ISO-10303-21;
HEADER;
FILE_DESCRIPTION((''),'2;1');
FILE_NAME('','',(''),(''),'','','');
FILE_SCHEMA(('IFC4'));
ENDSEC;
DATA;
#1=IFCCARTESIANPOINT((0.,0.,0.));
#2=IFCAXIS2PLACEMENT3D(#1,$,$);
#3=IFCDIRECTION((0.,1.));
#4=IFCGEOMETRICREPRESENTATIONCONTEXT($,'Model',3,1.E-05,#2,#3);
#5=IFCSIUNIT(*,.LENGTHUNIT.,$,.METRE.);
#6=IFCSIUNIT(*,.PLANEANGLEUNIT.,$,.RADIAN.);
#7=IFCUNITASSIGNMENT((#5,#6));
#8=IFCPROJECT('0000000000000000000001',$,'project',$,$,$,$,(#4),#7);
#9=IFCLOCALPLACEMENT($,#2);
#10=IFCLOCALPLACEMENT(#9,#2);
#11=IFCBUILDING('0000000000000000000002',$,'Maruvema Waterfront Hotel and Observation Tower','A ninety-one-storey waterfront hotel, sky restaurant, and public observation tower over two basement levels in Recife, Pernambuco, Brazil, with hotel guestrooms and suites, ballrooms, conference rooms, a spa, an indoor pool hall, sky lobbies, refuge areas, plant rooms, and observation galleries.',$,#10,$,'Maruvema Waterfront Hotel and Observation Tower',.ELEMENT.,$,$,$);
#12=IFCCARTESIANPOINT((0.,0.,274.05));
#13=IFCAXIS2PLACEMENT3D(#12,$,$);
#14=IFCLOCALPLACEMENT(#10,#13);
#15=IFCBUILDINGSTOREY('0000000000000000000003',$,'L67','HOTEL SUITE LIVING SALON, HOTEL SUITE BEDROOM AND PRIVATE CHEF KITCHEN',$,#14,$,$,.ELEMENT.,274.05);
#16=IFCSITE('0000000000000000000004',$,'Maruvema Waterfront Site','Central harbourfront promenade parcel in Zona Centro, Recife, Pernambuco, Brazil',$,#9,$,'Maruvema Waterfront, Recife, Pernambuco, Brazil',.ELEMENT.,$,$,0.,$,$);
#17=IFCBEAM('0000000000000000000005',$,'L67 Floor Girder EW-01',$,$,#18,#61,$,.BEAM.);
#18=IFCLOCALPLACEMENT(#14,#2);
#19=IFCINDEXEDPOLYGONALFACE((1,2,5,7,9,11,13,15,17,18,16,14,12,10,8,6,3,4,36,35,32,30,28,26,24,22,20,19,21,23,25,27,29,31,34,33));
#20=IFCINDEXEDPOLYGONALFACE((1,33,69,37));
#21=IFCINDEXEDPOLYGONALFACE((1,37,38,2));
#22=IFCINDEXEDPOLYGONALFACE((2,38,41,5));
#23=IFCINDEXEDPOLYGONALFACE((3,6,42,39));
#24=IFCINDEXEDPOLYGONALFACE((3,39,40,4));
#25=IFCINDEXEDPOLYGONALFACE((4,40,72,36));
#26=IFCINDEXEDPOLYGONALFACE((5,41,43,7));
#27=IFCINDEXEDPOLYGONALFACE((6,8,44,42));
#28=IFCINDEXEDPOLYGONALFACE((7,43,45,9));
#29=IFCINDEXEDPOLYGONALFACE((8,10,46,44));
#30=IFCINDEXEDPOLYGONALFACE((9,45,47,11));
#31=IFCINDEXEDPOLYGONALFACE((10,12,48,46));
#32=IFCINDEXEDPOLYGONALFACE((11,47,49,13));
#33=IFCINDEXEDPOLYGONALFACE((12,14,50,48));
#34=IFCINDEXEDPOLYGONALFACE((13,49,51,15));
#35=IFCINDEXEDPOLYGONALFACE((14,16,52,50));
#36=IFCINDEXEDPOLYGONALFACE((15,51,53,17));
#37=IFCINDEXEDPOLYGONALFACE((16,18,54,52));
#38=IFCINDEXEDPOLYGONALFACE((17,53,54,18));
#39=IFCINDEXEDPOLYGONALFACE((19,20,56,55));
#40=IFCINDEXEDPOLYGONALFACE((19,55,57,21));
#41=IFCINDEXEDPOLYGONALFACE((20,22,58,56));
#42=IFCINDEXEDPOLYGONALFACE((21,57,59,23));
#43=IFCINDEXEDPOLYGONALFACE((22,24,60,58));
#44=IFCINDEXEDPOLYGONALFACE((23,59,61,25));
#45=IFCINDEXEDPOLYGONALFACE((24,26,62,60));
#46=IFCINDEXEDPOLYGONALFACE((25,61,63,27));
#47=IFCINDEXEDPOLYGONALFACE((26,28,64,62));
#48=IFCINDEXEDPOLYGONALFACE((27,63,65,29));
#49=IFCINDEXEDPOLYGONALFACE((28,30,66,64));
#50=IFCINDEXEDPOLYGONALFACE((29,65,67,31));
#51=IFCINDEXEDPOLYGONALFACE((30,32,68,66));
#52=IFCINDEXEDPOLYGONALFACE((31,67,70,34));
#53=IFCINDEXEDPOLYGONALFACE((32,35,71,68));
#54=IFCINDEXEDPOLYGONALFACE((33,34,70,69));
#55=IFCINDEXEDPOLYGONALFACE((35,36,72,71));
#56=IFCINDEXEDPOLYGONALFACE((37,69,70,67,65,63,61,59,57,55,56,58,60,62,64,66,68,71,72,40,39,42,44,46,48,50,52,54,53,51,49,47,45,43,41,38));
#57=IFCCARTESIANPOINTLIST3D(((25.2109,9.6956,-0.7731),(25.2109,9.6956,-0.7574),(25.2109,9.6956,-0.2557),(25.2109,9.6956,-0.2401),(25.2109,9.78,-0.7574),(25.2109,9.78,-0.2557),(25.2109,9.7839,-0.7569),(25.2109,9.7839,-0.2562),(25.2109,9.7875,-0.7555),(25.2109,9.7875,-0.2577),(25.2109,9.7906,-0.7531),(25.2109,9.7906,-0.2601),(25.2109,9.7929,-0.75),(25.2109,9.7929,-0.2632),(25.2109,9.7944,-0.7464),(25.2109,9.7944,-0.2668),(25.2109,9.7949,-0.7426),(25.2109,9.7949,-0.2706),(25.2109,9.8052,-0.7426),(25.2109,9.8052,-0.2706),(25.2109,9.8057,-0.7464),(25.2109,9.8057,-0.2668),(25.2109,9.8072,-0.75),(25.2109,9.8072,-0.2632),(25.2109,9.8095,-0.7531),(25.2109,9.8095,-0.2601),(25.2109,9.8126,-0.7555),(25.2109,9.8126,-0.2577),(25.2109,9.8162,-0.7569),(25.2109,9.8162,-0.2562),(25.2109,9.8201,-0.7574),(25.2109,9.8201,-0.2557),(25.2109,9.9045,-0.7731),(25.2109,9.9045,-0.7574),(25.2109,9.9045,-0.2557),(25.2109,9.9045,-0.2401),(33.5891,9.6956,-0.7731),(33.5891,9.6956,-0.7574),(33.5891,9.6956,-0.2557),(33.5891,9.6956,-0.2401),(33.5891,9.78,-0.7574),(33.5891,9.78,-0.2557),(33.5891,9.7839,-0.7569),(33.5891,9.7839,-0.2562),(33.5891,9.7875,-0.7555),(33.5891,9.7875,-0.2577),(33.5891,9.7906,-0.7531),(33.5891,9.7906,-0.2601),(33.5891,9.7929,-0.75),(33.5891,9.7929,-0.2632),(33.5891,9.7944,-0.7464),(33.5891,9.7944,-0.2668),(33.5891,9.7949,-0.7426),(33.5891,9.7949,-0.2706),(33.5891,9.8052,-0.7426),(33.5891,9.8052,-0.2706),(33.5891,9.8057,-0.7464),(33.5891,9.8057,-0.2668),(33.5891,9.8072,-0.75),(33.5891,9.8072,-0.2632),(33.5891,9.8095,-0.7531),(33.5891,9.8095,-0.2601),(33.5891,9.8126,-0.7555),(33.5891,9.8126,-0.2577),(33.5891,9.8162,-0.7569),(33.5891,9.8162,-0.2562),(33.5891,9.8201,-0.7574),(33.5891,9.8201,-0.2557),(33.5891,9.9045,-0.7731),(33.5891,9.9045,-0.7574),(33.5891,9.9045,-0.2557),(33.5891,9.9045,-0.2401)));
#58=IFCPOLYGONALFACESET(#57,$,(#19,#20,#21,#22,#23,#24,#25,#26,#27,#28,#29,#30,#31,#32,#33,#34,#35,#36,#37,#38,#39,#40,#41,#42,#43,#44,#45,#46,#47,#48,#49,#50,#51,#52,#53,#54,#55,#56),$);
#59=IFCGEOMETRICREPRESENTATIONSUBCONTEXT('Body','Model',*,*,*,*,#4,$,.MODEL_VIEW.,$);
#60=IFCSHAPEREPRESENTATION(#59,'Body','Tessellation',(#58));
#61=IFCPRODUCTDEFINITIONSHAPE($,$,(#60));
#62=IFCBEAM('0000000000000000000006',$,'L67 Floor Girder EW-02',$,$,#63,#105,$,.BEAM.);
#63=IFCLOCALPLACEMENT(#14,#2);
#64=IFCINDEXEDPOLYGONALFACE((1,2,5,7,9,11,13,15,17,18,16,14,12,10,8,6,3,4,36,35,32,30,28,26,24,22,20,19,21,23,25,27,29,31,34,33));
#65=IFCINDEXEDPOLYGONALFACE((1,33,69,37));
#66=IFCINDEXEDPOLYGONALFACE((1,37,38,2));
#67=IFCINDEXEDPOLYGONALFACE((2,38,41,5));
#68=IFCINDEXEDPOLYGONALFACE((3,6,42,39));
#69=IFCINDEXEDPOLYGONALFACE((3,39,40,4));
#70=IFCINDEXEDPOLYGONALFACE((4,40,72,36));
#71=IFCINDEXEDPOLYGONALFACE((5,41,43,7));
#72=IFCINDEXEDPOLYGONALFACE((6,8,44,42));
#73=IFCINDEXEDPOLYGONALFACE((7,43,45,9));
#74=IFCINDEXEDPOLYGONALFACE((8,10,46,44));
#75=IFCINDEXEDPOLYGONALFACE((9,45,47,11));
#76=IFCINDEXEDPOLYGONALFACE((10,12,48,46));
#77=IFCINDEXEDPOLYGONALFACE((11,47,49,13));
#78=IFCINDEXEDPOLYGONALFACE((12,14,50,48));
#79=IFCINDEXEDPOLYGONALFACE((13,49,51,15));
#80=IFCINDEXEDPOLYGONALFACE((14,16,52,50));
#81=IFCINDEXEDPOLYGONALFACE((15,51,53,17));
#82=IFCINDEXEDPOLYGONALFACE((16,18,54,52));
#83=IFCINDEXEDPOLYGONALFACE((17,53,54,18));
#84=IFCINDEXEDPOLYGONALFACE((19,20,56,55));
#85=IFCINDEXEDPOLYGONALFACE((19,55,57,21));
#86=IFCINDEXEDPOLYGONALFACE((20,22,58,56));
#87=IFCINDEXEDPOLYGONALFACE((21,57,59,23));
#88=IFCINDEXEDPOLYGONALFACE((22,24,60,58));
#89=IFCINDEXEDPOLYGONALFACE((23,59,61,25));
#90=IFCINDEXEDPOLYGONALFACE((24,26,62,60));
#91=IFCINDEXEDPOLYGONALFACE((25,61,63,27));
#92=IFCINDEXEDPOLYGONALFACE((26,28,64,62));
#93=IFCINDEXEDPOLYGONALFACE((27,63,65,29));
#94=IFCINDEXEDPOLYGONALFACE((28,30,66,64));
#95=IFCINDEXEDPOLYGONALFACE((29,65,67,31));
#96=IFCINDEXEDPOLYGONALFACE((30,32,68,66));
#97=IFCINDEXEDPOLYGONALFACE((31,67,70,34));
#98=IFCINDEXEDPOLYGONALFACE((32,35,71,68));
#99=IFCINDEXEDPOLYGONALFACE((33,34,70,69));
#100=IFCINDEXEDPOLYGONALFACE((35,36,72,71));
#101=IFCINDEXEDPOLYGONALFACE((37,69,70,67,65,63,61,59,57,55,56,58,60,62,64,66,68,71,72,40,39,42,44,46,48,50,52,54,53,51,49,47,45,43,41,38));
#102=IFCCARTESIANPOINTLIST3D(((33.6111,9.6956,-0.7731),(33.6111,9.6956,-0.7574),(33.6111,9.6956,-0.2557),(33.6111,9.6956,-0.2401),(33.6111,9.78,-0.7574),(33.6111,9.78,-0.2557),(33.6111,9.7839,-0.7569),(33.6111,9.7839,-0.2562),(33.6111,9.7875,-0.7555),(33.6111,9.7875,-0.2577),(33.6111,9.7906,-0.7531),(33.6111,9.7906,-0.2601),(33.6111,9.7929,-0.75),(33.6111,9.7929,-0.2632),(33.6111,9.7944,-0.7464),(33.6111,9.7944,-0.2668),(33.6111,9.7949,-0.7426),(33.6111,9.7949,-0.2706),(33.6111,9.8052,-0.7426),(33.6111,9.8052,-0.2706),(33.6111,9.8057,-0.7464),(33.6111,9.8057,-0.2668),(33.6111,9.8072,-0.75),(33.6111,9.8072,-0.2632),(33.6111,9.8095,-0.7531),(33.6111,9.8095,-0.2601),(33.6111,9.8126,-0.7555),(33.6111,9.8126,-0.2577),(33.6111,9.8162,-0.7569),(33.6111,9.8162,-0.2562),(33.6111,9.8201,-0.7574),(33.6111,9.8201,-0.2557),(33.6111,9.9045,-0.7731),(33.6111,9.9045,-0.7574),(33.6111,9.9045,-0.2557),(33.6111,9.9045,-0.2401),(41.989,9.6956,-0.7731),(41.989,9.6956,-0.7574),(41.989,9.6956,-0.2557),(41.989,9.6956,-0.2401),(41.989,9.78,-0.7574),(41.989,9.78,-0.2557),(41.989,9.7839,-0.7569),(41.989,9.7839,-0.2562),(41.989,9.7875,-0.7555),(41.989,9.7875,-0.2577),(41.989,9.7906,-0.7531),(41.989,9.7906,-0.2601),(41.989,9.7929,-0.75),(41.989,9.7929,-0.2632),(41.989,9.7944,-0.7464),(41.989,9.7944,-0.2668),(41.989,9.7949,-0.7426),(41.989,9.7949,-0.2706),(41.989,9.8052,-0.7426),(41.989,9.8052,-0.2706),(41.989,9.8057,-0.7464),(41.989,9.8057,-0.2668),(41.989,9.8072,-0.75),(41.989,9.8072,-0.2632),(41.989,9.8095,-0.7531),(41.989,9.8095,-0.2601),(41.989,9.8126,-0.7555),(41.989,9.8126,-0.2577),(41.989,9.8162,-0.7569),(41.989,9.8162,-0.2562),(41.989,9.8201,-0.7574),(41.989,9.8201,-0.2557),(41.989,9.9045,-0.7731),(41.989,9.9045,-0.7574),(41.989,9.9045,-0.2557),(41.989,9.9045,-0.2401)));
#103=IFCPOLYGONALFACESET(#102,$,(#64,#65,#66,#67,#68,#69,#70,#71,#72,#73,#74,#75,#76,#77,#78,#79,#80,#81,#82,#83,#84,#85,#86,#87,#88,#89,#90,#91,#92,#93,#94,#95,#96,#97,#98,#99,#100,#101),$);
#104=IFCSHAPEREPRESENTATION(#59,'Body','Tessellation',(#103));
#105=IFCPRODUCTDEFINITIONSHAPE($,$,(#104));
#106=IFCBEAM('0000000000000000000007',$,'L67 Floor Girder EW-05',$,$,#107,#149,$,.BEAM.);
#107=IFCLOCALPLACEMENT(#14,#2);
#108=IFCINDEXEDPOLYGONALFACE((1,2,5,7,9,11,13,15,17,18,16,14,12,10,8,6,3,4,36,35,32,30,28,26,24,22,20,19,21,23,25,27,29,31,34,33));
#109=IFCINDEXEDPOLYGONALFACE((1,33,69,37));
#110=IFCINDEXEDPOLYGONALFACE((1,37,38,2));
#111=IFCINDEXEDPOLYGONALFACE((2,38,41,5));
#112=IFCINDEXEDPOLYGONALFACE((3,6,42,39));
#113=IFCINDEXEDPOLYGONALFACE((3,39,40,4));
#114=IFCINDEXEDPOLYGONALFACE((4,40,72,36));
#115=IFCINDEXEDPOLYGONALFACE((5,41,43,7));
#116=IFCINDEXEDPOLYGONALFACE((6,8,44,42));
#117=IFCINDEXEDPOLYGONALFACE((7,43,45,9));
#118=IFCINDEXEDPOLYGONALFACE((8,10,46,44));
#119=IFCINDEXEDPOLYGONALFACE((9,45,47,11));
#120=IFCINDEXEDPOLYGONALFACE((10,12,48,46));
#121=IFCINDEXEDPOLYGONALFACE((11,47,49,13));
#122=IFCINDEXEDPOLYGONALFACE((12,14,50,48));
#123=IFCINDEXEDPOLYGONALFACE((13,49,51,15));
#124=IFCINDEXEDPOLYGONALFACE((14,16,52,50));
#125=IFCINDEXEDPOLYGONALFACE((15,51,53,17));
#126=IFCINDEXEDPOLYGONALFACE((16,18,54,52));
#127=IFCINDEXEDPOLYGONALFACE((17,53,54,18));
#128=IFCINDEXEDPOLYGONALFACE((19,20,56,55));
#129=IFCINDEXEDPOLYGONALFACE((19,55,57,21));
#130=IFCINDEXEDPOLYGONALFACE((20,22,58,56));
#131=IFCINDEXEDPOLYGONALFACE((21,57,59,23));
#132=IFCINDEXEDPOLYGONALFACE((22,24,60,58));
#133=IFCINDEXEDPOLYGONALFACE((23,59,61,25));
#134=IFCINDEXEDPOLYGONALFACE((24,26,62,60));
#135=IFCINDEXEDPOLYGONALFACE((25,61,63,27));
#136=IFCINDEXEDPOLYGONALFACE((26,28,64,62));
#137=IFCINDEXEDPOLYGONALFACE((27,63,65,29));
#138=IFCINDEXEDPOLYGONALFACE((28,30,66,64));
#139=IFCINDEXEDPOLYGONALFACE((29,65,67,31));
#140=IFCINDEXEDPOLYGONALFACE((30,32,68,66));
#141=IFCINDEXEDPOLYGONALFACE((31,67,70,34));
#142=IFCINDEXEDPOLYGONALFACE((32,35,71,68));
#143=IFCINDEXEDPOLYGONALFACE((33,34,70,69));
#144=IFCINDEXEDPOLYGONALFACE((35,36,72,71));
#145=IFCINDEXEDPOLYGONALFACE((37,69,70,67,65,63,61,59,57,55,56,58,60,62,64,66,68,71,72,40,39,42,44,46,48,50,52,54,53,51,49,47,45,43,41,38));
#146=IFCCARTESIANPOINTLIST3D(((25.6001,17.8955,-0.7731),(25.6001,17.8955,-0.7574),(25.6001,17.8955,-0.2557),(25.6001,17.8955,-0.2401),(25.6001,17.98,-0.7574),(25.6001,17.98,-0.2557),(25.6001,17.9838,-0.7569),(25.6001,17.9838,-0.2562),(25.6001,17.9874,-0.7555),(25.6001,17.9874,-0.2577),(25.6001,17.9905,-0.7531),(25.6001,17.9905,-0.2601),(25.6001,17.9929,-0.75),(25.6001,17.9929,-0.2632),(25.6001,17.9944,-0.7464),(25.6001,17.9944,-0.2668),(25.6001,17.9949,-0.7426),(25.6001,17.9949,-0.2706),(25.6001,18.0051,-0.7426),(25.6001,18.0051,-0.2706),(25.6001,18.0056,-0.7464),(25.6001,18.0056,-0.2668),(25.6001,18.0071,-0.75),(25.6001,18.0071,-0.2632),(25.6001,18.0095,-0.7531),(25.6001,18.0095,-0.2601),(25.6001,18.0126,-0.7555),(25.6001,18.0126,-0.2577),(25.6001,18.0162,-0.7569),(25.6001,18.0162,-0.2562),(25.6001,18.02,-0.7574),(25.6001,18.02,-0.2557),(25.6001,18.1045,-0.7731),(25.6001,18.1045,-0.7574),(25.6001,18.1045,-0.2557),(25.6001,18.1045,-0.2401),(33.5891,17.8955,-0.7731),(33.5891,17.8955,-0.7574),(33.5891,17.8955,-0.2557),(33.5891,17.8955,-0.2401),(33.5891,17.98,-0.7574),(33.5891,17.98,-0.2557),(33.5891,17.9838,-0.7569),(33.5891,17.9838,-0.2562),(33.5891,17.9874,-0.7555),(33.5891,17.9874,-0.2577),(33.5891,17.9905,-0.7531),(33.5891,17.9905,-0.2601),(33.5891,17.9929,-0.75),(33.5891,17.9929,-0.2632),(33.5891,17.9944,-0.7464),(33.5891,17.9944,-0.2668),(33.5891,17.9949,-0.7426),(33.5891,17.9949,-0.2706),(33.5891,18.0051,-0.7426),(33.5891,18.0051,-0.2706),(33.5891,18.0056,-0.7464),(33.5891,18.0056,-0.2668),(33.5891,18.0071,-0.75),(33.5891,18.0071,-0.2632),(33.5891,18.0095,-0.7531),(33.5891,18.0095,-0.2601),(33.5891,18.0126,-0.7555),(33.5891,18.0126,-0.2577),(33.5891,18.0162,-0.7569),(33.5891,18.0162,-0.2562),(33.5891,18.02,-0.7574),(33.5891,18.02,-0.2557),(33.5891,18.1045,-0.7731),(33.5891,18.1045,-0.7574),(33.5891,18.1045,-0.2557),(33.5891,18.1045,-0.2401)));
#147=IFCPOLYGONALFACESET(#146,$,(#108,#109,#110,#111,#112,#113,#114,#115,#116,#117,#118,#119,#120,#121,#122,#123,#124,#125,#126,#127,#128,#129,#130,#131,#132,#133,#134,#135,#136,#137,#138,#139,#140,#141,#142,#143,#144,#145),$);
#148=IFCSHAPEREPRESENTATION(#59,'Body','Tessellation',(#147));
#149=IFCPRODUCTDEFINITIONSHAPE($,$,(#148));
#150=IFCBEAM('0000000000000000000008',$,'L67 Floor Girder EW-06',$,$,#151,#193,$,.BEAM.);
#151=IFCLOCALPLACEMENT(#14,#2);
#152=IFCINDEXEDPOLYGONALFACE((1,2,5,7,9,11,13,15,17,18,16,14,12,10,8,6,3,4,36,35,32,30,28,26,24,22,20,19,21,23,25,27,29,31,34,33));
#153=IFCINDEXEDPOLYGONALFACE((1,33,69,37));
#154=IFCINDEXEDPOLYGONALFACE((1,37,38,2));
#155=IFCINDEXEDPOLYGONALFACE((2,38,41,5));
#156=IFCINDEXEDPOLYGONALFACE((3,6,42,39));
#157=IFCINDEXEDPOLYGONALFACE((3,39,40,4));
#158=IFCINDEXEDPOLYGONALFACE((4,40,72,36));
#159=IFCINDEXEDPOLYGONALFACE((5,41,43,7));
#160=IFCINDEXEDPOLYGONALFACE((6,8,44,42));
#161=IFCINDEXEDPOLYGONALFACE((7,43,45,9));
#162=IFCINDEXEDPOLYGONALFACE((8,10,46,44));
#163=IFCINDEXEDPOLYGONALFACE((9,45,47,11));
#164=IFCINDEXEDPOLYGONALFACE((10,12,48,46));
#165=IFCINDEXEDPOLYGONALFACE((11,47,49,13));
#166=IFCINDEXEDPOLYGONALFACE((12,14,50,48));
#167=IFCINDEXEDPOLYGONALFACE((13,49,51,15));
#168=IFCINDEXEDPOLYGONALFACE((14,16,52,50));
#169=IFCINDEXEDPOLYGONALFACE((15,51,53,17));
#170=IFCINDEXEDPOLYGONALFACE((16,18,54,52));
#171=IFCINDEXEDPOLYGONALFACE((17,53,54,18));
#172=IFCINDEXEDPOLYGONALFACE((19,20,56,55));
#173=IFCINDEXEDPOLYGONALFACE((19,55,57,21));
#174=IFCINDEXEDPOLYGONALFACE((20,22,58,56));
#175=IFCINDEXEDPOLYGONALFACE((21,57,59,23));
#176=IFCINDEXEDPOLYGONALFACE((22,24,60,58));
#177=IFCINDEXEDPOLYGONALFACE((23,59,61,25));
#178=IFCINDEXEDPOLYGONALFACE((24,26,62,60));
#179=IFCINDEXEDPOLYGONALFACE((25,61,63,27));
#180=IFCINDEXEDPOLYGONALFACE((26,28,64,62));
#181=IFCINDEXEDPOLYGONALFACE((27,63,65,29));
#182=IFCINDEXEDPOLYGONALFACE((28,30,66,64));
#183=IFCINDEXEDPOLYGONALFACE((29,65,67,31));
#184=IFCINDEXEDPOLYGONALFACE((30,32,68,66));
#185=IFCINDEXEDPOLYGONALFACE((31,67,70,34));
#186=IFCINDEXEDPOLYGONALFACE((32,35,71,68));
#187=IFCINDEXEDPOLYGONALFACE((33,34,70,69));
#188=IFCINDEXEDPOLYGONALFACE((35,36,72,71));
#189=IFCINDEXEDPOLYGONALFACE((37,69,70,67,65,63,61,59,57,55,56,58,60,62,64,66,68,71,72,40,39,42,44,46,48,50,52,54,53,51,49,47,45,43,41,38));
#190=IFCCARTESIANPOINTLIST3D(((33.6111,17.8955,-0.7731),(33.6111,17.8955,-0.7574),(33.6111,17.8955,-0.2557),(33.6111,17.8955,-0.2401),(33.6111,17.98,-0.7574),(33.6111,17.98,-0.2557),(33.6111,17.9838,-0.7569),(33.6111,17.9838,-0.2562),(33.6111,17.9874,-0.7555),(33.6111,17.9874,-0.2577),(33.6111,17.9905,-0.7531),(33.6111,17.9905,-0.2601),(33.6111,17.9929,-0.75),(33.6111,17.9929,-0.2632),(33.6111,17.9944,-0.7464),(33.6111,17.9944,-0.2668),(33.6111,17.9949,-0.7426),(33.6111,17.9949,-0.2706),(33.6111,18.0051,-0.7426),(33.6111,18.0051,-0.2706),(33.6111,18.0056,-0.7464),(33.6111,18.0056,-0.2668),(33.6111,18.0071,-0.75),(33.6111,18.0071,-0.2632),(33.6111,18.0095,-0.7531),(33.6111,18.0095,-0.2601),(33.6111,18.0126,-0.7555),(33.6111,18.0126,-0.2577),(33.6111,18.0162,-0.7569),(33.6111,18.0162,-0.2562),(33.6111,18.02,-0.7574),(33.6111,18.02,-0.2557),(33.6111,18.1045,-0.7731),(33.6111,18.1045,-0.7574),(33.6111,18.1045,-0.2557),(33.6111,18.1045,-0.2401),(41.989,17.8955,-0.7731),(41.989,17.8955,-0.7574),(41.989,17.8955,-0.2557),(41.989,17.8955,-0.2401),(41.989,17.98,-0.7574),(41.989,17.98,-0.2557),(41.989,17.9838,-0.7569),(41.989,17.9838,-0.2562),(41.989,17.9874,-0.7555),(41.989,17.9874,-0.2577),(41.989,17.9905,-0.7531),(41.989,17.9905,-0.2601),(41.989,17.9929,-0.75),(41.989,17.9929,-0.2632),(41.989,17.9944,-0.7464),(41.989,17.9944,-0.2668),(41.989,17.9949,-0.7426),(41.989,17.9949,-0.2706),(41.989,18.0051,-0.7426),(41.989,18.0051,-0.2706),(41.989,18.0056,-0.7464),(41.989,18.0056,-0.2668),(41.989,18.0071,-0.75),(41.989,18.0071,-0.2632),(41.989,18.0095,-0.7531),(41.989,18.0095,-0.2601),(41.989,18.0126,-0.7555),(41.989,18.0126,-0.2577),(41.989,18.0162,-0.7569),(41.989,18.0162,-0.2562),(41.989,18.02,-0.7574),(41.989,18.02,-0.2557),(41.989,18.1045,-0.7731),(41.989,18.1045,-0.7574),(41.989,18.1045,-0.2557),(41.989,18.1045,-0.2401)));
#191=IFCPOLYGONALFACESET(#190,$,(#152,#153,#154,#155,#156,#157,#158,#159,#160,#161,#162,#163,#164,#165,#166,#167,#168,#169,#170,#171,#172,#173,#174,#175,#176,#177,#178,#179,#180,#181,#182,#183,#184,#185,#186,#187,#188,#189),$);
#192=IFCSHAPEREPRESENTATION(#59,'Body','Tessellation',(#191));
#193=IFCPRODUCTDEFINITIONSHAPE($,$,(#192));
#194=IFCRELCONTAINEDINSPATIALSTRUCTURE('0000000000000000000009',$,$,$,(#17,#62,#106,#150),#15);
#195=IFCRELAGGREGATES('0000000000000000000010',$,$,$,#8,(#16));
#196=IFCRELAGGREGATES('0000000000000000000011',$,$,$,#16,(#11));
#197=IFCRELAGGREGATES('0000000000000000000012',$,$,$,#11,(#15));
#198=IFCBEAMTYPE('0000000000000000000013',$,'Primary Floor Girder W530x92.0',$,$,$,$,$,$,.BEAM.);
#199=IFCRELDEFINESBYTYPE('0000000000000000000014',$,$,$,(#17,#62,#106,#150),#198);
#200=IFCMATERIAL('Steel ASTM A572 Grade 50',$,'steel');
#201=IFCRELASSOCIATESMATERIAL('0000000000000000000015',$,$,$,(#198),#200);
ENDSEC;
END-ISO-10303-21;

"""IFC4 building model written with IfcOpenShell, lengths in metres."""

from ifc_helpers import new_model, si_unit, direction, frame, origin, origin_2d, place, context, subcontext, project, spatial, i_section, extrude, material, material_profile, profile_set, type_object, element, save


model = new_model("IFC4")

# Units and contexts
model_context = context("Model", 3, precision=1e-05, world=origin(), true_north=direction((0.0, 1.0)))
body_context = subcontext(model_context, "Body", "Model", "MODEL_VIEW")
ifc_project = project(units=[si_unit("LENGTHUNIT", "METRE"), si_unit("PLANEANGLEUNIT", "RADIAN")], contexts=[model_context])

# Site, building, storey
site_placement = place(None, origin())
site = spatial("IfcSite", under=ifc_project, at=site_placement, Name="Maruvema Waterfront Site", Description="Central harbourfront promenade parcel in Zona Centro, Recife, Pernambuco, Brazil", LongName="Maruvema Waterfront, Recife, Pernambuco, Brazil", CompositionType="ELEMENT", RefElevation=0.0)
building_placement = place(site_placement, origin())
building = spatial("IfcBuilding", under=site, at=building_placement, Name="Maruvema Waterfront Hotel and Observation Tower", Description="A ninety-one-storey waterfront hotel, sky restaurant, and public observation tower over two basement levels in Recife, Pernambuco, Brazil, with hotel guestrooms and suites, ballrooms, conference rooms, a spa, an indoor pool hall, sky lobbies, refuge areas, plant rooms, and observation galleries.", LongName="Maruvema Waterfront Hotel and Observation Tower", CompositionType="ELEMENT")
storey_placement = place(building_placement, frame((0.0, 0.0, 274.05)))
storey = spatial("IfcBuildingStorey", under=building, at=storey_placement, Name="L67", Description="HOTEL SUITE LIVING SALON, HOTEL SUITE BEDROOM AND PRIVATE CHEF KITCHEN", CompositionType="ELEMENT", Elevation=274.05)

# Beams
ifc_material_1 = material(Name="Steel ASTM A572 Grade 50", Category="steel")
ifc_material_profile_1 = material_profile(ifc_material_1, i_section(OverallWidth=0.209, OverallDepth=0.533, WebThickness=0.0103, FlangeThickness=0.0156, FilletRadius=0.0149, at=origin_2d()), Name="W530x92.0")
ifc_profile_set_1 = profile_set([ifc_material_profile_1], Name="Steel ASTM A572 Grade 50")
beam_type_1 = type_object("IfcBeamType", Name="Primary Floor Girder W530x92.0", PredefinedType="BEAM", material=ifc_profile_set_1)
beam_1_placement = place(storey_placement, frame((25.2109, 9.8, -0.5066), z_axis=(1.0, 0.0, 0.0), x_axis=(0.0, 1.0, 0.0)))
element("IfcBeam", 1, at=beam_1_placement, inside=storey, type_object=beam_type_1, Name="L67 Floor Girder EW-01", PredefinedType="BEAM", context=body_context, shape_type="SweptSolid", body=[
    extrude(i_section(OverallWidth=0.209, OverallDepth=0.533, WebThickness=0.0103, FlangeThickness=0.0156, FilletRadius=0.0149, at=origin_2d()), origin(), (0.0, 0.0, 1.0), 8.3782),
])
beam_2_placement = place(storey_placement, frame((33.6111, 9.8, -0.5066), z_axis=(1.0, 0.0, 0.0), x_axis=(0.0, 1.0, 0.0)))
element("IfcBeam", 2, at=beam_2_placement, inside=storey, type_object=beam_type_1, Name="L67 Floor Girder EW-02", PredefinedType="BEAM", context=body_context, shape_type="SweptSolid", body=[
    extrude(i_section(OverallWidth=0.209, OverallDepth=0.533, WebThickness=0.0103, FlangeThickness=0.0156, FilletRadius=0.0149, at=origin_2d()), origin(), (0.0, 0.0, 1.0), 8.3779),
])
beam_3_placement = place(storey_placement, frame((25.6001, 18.0, -0.5066), z_axis=(1.0, 0.0, 0.0), x_axis=(0.0, 1.0, 0.0)))
element("IfcBeam", 3, at=beam_3_placement, inside=storey, type_object=beam_type_1, Name="L67 Floor Girder EW-05", PredefinedType="BEAM", context=body_context, shape_type="SweptSolid", body=[
    extrude(i_section(OverallWidth=0.209, OverallDepth=0.533, WebThickness=0.0103, FlangeThickness=0.0156, FilletRadius=0.0149, at=origin_2d()), origin(), (0.0, 0.0, 1.0), 7.989),
])
beam_4_placement = place(storey_placement, frame((33.6111, 18.0, -0.5066), z_axis=(1.0, 0.0, 0.0), x_axis=(0.0, 1.0, 0.0)))
element("IfcBeam", 4, at=beam_4_placement, inside=storey, type_object=beam_type_1, Name="L67 Floor Girder EW-06", PredefinedType="BEAM", context=body_context, shape_type="SweptSolid", body=[
    extrude(i_section(OverallWidth=0.209, OverallDepth=0.533, WebThickness=0.0103, FlangeThickness=0.0156, FilletRadius=0.0149, at=origin_2d()), origin(), (0.0, 0.0, 1.0), 8.3779),
])

save(model, "model.ifc")
